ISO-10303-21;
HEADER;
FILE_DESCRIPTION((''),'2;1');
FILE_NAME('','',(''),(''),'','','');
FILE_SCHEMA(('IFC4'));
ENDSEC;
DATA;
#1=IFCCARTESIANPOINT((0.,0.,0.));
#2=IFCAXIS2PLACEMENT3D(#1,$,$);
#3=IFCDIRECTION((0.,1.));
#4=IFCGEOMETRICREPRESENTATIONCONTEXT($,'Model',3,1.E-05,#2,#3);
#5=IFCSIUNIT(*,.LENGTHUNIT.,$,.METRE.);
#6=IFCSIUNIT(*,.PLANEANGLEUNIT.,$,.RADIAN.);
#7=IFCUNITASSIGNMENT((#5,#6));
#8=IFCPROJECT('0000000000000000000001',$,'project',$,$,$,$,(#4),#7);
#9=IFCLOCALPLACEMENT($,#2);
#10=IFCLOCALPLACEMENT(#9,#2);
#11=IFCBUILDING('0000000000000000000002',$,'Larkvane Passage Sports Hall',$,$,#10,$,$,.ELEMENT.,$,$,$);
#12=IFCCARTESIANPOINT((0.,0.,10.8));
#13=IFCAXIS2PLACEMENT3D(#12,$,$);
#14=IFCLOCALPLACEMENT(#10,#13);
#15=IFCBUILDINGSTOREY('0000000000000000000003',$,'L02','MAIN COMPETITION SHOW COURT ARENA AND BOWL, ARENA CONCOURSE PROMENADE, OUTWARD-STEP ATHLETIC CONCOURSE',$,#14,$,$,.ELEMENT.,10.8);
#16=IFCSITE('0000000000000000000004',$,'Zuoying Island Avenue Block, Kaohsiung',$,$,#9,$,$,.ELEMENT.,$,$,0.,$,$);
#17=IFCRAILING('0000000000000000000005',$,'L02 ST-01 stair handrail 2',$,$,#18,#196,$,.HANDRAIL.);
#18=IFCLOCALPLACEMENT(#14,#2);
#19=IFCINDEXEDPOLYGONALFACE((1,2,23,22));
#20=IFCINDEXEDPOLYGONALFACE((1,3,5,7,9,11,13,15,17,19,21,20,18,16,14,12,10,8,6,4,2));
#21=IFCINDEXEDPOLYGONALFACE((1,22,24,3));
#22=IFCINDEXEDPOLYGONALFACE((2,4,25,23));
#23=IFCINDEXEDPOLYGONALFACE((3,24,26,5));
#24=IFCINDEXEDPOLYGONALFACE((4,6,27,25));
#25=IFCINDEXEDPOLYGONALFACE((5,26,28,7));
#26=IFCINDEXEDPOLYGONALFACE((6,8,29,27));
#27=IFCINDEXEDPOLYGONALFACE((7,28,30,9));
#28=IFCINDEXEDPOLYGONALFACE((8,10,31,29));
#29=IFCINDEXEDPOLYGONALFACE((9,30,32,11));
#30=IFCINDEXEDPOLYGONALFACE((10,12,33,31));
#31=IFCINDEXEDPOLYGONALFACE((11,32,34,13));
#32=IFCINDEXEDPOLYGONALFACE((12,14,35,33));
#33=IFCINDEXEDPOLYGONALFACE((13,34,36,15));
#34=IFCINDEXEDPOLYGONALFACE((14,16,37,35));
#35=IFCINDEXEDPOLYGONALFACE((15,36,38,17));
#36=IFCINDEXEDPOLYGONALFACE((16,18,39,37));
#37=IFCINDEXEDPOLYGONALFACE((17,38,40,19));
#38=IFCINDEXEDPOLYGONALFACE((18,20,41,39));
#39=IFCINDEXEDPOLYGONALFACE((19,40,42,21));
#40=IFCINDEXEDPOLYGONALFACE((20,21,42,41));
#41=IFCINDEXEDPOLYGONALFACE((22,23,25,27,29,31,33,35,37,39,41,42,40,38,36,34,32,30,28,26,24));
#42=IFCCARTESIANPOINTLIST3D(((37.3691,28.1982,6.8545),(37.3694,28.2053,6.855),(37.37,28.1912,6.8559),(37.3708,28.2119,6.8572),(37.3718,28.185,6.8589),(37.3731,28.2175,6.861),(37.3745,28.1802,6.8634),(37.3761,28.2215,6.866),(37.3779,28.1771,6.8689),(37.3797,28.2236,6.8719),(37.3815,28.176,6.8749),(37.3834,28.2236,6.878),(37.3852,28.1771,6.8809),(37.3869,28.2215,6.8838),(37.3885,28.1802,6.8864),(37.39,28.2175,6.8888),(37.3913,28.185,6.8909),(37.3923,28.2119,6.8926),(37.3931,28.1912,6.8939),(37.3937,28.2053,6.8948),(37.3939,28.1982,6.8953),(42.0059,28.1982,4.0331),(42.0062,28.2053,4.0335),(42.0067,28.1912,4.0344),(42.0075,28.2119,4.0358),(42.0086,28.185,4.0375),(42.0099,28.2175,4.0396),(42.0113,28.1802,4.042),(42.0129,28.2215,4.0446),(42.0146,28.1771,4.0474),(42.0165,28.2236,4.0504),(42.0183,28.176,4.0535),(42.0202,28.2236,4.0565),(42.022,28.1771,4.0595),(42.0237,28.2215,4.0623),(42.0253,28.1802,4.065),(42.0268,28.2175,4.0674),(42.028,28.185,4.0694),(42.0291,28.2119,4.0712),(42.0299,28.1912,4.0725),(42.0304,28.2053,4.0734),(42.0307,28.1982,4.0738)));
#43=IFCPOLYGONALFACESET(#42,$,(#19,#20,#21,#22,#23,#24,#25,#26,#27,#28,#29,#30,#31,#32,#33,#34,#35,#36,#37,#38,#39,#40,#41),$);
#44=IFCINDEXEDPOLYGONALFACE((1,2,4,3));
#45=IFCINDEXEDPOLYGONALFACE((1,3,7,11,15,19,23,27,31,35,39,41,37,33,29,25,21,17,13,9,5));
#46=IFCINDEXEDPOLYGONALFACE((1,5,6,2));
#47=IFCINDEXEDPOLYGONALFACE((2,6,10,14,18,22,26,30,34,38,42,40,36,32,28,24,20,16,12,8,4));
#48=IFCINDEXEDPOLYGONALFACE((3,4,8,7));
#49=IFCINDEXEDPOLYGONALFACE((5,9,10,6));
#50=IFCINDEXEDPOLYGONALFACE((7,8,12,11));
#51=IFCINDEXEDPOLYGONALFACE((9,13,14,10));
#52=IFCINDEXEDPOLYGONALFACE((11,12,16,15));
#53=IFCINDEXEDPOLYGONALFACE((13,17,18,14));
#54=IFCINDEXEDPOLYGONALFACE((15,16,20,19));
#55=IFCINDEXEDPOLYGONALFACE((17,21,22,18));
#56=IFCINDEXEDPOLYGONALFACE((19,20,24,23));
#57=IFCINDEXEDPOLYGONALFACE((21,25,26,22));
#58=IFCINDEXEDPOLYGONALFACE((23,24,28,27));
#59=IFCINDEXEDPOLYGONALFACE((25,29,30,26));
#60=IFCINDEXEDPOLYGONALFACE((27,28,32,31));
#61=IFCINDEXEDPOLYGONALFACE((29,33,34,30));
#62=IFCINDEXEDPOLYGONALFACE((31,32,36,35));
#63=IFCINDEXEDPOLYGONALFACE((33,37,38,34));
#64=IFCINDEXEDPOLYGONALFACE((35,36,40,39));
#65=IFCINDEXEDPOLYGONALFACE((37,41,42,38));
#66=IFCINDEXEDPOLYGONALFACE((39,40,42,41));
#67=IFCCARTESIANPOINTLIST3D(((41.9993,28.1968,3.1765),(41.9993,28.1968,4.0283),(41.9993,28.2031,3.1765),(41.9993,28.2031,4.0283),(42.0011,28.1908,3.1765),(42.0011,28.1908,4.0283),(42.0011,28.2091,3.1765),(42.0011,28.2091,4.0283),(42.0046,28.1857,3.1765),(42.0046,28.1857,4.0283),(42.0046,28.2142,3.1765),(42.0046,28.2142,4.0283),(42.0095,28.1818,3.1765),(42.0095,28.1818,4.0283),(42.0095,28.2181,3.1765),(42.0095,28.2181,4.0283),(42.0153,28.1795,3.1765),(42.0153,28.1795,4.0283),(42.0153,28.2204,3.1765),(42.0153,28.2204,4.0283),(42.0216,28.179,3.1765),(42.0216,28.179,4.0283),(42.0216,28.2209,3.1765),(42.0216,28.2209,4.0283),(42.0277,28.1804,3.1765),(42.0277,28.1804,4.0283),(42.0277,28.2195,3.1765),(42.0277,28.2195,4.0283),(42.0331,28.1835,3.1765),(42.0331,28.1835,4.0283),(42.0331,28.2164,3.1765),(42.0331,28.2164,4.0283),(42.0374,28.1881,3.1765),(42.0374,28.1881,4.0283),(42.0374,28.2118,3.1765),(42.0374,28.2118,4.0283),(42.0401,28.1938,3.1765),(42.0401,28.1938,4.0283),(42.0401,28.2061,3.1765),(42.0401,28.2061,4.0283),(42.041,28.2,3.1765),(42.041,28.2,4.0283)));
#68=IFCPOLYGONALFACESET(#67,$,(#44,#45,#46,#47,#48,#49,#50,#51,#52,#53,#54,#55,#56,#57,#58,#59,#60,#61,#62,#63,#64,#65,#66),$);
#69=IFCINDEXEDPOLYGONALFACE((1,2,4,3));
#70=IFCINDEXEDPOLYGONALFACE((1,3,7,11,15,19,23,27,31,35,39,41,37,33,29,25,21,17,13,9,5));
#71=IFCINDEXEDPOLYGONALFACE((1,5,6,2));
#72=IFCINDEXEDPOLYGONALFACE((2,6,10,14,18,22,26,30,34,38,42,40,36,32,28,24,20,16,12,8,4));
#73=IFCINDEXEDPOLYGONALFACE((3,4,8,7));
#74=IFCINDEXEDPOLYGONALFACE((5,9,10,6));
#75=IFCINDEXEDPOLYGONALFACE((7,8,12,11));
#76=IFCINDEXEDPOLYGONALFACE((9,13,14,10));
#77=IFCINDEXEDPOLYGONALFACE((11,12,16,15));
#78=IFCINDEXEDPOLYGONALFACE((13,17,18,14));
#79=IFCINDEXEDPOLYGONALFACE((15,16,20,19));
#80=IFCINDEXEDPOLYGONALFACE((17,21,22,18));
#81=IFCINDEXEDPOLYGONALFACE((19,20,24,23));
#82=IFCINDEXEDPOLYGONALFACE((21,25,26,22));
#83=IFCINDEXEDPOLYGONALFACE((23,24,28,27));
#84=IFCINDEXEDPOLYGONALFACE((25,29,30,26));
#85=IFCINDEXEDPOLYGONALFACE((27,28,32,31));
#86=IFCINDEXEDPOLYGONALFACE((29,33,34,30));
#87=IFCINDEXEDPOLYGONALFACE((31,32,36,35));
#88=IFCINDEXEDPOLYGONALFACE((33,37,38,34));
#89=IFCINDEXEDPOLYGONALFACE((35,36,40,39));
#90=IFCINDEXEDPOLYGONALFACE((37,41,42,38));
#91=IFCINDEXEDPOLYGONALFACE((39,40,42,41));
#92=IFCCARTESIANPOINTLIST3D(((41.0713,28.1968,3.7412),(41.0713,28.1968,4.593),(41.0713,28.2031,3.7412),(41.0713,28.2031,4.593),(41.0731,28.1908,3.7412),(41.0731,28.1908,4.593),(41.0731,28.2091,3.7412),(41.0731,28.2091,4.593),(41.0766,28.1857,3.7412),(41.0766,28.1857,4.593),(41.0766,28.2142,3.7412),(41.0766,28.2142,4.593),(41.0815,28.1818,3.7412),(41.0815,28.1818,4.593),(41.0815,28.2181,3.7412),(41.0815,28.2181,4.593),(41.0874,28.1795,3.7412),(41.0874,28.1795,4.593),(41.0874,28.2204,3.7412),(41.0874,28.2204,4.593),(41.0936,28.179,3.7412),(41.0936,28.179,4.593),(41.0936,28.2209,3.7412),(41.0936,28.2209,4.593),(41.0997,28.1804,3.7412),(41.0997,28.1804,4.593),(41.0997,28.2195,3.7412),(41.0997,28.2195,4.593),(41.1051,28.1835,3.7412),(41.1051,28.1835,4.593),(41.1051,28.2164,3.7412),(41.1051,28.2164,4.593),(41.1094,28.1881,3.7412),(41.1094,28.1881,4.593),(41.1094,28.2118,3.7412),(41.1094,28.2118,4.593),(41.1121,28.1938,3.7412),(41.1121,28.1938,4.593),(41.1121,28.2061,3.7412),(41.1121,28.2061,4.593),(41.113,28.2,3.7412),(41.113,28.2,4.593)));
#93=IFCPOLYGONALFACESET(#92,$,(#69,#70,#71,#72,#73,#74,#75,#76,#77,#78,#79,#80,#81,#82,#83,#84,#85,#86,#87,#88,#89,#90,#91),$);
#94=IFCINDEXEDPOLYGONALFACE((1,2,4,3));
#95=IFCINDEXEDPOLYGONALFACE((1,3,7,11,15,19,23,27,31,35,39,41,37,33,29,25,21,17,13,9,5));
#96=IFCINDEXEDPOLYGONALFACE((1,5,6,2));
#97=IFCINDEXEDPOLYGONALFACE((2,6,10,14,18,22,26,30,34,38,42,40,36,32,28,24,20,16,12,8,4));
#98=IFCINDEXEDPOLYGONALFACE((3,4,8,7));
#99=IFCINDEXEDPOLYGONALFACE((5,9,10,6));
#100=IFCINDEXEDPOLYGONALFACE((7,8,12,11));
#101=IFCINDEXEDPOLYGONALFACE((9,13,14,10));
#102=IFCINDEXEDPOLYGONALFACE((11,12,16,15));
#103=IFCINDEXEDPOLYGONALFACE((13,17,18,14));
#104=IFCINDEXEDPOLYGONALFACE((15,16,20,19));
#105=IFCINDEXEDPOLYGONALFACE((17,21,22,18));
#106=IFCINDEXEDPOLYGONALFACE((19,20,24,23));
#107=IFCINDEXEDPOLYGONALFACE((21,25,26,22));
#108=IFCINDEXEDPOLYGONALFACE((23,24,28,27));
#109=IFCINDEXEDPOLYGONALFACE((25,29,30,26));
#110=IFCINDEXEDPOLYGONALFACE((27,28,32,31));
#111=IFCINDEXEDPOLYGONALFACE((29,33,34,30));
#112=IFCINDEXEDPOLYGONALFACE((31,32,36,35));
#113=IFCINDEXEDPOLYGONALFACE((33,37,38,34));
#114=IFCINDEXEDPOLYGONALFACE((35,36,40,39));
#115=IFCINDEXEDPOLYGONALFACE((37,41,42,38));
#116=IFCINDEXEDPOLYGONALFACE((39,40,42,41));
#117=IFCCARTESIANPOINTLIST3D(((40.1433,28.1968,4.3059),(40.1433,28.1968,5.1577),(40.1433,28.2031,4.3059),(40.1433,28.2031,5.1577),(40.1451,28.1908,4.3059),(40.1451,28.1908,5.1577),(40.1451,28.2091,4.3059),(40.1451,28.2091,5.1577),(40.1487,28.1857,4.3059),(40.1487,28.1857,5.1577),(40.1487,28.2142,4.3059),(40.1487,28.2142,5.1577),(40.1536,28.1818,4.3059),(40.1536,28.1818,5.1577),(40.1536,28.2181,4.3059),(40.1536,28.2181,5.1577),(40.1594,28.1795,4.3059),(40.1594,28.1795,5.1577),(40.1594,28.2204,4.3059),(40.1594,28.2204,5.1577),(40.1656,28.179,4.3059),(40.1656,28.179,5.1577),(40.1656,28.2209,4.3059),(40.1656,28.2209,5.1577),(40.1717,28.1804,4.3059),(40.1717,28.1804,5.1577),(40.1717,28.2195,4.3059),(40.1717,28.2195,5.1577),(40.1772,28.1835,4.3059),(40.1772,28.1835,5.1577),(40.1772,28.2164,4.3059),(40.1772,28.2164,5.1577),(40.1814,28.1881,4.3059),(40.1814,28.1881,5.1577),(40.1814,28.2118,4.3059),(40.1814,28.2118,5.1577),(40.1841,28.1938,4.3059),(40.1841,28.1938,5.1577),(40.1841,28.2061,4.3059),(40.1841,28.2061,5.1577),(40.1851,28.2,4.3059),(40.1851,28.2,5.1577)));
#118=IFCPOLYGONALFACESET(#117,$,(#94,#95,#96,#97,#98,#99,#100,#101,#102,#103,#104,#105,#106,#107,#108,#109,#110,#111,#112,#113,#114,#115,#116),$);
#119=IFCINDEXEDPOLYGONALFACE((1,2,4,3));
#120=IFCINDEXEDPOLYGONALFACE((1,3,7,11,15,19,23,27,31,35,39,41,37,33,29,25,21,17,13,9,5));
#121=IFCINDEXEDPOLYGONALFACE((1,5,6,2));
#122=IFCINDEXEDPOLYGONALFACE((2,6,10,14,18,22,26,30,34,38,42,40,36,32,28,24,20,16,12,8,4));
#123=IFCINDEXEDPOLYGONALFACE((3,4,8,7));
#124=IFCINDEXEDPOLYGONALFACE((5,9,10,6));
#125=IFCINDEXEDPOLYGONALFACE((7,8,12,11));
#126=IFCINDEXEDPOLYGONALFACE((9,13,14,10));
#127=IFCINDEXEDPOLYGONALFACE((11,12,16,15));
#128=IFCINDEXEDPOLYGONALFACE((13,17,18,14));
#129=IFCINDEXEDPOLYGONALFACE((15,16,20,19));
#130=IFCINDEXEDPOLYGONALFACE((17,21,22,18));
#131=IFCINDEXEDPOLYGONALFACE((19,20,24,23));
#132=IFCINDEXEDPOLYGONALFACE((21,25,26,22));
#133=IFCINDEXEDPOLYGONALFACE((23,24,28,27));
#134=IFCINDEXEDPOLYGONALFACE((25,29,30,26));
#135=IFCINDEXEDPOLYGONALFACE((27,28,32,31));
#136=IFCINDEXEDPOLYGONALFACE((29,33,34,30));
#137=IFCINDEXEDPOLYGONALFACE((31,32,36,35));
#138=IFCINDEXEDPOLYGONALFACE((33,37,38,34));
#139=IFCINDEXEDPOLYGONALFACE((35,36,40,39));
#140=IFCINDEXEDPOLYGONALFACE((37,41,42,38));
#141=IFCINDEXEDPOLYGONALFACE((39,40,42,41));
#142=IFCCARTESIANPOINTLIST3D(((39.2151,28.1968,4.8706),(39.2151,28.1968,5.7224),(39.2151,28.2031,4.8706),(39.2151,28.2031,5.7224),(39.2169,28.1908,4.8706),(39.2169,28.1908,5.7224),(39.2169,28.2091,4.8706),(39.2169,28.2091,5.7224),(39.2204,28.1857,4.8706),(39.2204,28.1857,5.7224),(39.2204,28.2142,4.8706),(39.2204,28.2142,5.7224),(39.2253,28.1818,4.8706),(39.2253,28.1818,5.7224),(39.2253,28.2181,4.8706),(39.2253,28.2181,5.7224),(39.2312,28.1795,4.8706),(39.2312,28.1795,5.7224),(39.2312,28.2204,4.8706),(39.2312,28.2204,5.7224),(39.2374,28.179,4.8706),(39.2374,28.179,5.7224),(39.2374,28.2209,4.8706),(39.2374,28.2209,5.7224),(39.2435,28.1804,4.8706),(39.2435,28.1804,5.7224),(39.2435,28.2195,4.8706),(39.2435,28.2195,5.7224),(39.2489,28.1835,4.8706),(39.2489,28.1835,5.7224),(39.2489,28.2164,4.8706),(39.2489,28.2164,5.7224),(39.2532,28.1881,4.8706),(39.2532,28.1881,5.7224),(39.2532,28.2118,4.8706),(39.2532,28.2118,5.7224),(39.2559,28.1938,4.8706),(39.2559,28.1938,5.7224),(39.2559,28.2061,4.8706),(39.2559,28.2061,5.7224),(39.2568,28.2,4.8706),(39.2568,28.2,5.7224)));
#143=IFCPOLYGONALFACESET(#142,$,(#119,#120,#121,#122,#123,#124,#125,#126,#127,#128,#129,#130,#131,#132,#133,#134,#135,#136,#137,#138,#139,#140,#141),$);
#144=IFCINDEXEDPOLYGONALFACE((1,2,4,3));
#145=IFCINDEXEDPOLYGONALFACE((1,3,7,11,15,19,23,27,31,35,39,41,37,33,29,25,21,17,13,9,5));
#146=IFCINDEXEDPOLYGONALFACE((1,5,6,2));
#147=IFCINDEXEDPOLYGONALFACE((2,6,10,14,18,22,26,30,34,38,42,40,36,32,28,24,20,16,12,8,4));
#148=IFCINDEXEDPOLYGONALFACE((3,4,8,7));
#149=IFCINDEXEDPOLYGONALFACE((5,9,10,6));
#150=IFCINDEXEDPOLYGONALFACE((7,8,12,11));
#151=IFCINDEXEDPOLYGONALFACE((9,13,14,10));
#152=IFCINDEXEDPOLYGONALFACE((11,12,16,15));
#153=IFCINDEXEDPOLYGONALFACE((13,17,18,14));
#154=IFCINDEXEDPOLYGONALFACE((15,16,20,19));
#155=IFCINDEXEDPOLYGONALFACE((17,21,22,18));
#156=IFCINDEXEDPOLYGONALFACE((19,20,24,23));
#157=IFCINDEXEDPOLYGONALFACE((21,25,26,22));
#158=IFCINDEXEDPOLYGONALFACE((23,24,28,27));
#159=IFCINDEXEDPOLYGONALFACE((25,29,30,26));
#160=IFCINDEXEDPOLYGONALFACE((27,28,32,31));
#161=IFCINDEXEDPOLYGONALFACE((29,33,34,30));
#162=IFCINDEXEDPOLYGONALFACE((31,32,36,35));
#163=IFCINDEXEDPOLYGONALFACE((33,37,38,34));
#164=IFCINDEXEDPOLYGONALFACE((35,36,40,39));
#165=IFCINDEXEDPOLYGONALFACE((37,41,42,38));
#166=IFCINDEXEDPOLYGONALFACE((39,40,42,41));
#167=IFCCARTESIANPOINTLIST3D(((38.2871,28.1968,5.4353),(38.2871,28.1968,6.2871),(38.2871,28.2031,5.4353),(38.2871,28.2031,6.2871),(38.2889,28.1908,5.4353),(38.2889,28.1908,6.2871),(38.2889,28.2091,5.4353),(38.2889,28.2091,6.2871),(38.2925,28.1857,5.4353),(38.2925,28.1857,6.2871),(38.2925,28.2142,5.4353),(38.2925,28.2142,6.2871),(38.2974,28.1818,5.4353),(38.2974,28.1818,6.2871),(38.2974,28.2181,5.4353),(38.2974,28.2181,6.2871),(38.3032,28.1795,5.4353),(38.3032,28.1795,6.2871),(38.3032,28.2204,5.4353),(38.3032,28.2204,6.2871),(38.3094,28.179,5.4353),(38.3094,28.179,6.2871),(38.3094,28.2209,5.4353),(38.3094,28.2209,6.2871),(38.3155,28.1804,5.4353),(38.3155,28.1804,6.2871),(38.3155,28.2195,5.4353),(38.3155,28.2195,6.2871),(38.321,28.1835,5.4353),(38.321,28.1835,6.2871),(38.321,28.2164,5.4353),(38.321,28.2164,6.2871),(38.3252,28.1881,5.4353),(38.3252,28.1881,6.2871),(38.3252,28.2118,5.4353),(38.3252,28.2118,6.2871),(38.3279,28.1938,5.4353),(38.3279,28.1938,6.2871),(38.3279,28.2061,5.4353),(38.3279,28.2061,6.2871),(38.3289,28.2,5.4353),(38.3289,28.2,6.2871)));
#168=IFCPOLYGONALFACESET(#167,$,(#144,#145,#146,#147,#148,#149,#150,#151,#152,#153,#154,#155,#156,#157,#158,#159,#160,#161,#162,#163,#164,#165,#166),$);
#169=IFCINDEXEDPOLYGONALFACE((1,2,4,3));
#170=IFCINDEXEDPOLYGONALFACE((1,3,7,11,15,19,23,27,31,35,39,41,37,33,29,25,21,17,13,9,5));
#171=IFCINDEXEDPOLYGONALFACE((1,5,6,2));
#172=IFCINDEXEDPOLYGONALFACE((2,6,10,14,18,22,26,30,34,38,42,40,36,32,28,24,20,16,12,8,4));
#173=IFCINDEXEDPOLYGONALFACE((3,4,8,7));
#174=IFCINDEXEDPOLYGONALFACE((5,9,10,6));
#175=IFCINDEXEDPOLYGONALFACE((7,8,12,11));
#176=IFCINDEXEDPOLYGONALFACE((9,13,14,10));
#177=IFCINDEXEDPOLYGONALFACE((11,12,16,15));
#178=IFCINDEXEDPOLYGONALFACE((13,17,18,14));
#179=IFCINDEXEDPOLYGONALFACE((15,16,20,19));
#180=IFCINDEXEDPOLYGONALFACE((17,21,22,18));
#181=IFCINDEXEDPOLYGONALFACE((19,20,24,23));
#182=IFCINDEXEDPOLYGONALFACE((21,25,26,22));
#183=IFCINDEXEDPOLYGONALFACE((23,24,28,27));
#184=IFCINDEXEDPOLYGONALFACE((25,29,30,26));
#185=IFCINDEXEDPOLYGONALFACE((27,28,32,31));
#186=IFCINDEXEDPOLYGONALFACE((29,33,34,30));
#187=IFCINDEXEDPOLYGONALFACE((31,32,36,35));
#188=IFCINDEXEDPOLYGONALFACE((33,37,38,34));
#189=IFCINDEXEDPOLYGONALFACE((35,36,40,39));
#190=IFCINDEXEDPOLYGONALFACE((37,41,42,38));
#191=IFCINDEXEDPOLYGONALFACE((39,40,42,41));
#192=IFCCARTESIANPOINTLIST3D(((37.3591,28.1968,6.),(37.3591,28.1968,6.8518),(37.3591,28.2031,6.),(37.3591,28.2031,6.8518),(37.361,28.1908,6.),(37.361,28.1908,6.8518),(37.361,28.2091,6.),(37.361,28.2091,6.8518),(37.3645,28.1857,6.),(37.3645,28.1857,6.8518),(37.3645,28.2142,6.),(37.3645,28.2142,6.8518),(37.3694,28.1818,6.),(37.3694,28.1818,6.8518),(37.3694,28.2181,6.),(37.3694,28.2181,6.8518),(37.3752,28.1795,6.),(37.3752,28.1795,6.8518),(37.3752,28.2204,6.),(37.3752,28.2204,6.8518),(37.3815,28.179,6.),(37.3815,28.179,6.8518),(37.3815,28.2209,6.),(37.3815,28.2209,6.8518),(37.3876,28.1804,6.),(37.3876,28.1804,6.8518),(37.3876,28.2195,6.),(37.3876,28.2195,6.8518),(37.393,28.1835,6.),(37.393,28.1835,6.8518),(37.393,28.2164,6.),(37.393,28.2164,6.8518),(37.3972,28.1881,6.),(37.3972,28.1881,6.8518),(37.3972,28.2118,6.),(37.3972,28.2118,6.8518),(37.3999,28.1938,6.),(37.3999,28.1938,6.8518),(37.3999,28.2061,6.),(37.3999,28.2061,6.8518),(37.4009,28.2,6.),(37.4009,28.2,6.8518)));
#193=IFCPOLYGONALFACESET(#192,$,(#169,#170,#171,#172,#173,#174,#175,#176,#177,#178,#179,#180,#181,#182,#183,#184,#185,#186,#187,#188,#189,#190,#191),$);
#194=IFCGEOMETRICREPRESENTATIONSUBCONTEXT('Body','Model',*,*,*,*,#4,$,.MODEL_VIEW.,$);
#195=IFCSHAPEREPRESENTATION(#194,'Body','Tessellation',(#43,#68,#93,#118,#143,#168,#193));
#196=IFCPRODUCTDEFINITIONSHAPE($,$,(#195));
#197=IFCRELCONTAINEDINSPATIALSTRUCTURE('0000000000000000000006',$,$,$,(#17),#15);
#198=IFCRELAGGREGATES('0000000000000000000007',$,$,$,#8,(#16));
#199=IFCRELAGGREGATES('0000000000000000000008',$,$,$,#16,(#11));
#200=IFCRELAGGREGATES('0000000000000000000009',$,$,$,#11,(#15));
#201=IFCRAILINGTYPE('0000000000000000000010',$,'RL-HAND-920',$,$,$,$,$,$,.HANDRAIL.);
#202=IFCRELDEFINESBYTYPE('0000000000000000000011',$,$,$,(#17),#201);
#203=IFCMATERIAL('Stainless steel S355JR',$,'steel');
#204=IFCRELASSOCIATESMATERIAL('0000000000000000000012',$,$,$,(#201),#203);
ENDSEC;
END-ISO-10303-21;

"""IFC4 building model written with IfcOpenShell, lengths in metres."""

from ifc_helpers import new_model, si_unit, direction, frame, origin, origin_2d, place, context, subcontext, project, spatial, circle, extrude, material, type_object, element, save


model = new_model("IFC4")

# Units and contexts
model_context = context("Model", 3, precision=1e-05, world=origin(), true_north=direction((0.0, 1.0)))
body_context = subcontext(model_context, "Body", "Model", "MODEL_VIEW")
ifc_project = project(units=[si_unit("LENGTHUNIT", "METRE"), si_unit("PLANEANGLEUNIT", "RADIAN")], contexts=[model_context])

# Site, building, storey
site_placement = place(None, origin())
site = spatial("IfcSite", under=ifc_project, at=site_placement, Name="Zuoying Island Avenue Block, Kaohsiung", CompositionType="ELEMENT", RefElevation=0.0)
building_placement = place(site_placement, origin())
building = spatial("IfcBuilding", under=site, at=building_placement, Name="Larkvane Passage Sports Hall", CompositionType="ELEMENT")
storey_placement = place(building_placement, frame((0.0, 0.0, 10.8)))
storey = spatial("IfcBuildingStorey", under=building, at=storey_placement, Name="L02", Description="MAIN COMPETITION SHOW COURT ARENA AND BOWL, ARENA CONCOURSE PROMENADE, OUTWARD-STEP ATHLETIC CONCOURSE", CompositionType="ELEMENT", Elevation=10.8)

# Railing
ifc_material_1 = material(Name="Stainless steel S355JR", Category="steel")
railing_type_1 = type_object("IfcRailingType", Name="RL-HAND-920", PredefinedType="HANDRAIL", material=ifc_material_1)
railing_1_placement = place(storey_placement, frame((42.02, 28.2, 3.1765)))
element("IfcRailing", 1, at=railing_1_placement, inside=storey, type_object=railing_type_1, Name="L02 ST-01 stair handrail 2", PredefinedType="HANDRAIL", context=body_context, shape_type="SweptSolid", body=[
    extrude(circle(Radius=0.0239, at=origin_2d()), frame((-0.0017, 0.0, 0.877), z_axis=(-0.854276, 0.0, 0.51982), x_axis=(0.0, -1.0, 0.0)), (0.0, 0.0, 1.0), 5.4277),
    extrude(circle(Radius=0.021, at=origin_2d()), origin(), (0.0, 0.0, 1.0), 0.8518),
    extrude(circle(Radius=0.021, at=origin_2d()), frame((-0.928, 0.0, 0.5647)), (0.0, 0.0, 1.0), 0.8518),
    extrude(circle(Radius=0.021, at=origin_2d()), frame((-1.856, 0.0, 1.1294)), (0.0, 0.0, 1.0), 0.8518),
    extrude(circle(Radius=0.021, at=origin_2d()), frame((-2.7842, 0.0, 1.6941)), (0.0, 0.0, 1.0), 0.8518),
    extrude(circle(Radius=0.021, at=origin_2d()), frame((-3.7122, 0.0, 2.2588)), (0.0, 0.0, 1.0), 0.8518),
    extrude(circle(Radius=0.021, at=origin_2d()), frame((-4.6401, 0.0, 2.8235)), (0.0, 0.0, 1.0), 0.8518),
])

save(model, "model.ifc")
